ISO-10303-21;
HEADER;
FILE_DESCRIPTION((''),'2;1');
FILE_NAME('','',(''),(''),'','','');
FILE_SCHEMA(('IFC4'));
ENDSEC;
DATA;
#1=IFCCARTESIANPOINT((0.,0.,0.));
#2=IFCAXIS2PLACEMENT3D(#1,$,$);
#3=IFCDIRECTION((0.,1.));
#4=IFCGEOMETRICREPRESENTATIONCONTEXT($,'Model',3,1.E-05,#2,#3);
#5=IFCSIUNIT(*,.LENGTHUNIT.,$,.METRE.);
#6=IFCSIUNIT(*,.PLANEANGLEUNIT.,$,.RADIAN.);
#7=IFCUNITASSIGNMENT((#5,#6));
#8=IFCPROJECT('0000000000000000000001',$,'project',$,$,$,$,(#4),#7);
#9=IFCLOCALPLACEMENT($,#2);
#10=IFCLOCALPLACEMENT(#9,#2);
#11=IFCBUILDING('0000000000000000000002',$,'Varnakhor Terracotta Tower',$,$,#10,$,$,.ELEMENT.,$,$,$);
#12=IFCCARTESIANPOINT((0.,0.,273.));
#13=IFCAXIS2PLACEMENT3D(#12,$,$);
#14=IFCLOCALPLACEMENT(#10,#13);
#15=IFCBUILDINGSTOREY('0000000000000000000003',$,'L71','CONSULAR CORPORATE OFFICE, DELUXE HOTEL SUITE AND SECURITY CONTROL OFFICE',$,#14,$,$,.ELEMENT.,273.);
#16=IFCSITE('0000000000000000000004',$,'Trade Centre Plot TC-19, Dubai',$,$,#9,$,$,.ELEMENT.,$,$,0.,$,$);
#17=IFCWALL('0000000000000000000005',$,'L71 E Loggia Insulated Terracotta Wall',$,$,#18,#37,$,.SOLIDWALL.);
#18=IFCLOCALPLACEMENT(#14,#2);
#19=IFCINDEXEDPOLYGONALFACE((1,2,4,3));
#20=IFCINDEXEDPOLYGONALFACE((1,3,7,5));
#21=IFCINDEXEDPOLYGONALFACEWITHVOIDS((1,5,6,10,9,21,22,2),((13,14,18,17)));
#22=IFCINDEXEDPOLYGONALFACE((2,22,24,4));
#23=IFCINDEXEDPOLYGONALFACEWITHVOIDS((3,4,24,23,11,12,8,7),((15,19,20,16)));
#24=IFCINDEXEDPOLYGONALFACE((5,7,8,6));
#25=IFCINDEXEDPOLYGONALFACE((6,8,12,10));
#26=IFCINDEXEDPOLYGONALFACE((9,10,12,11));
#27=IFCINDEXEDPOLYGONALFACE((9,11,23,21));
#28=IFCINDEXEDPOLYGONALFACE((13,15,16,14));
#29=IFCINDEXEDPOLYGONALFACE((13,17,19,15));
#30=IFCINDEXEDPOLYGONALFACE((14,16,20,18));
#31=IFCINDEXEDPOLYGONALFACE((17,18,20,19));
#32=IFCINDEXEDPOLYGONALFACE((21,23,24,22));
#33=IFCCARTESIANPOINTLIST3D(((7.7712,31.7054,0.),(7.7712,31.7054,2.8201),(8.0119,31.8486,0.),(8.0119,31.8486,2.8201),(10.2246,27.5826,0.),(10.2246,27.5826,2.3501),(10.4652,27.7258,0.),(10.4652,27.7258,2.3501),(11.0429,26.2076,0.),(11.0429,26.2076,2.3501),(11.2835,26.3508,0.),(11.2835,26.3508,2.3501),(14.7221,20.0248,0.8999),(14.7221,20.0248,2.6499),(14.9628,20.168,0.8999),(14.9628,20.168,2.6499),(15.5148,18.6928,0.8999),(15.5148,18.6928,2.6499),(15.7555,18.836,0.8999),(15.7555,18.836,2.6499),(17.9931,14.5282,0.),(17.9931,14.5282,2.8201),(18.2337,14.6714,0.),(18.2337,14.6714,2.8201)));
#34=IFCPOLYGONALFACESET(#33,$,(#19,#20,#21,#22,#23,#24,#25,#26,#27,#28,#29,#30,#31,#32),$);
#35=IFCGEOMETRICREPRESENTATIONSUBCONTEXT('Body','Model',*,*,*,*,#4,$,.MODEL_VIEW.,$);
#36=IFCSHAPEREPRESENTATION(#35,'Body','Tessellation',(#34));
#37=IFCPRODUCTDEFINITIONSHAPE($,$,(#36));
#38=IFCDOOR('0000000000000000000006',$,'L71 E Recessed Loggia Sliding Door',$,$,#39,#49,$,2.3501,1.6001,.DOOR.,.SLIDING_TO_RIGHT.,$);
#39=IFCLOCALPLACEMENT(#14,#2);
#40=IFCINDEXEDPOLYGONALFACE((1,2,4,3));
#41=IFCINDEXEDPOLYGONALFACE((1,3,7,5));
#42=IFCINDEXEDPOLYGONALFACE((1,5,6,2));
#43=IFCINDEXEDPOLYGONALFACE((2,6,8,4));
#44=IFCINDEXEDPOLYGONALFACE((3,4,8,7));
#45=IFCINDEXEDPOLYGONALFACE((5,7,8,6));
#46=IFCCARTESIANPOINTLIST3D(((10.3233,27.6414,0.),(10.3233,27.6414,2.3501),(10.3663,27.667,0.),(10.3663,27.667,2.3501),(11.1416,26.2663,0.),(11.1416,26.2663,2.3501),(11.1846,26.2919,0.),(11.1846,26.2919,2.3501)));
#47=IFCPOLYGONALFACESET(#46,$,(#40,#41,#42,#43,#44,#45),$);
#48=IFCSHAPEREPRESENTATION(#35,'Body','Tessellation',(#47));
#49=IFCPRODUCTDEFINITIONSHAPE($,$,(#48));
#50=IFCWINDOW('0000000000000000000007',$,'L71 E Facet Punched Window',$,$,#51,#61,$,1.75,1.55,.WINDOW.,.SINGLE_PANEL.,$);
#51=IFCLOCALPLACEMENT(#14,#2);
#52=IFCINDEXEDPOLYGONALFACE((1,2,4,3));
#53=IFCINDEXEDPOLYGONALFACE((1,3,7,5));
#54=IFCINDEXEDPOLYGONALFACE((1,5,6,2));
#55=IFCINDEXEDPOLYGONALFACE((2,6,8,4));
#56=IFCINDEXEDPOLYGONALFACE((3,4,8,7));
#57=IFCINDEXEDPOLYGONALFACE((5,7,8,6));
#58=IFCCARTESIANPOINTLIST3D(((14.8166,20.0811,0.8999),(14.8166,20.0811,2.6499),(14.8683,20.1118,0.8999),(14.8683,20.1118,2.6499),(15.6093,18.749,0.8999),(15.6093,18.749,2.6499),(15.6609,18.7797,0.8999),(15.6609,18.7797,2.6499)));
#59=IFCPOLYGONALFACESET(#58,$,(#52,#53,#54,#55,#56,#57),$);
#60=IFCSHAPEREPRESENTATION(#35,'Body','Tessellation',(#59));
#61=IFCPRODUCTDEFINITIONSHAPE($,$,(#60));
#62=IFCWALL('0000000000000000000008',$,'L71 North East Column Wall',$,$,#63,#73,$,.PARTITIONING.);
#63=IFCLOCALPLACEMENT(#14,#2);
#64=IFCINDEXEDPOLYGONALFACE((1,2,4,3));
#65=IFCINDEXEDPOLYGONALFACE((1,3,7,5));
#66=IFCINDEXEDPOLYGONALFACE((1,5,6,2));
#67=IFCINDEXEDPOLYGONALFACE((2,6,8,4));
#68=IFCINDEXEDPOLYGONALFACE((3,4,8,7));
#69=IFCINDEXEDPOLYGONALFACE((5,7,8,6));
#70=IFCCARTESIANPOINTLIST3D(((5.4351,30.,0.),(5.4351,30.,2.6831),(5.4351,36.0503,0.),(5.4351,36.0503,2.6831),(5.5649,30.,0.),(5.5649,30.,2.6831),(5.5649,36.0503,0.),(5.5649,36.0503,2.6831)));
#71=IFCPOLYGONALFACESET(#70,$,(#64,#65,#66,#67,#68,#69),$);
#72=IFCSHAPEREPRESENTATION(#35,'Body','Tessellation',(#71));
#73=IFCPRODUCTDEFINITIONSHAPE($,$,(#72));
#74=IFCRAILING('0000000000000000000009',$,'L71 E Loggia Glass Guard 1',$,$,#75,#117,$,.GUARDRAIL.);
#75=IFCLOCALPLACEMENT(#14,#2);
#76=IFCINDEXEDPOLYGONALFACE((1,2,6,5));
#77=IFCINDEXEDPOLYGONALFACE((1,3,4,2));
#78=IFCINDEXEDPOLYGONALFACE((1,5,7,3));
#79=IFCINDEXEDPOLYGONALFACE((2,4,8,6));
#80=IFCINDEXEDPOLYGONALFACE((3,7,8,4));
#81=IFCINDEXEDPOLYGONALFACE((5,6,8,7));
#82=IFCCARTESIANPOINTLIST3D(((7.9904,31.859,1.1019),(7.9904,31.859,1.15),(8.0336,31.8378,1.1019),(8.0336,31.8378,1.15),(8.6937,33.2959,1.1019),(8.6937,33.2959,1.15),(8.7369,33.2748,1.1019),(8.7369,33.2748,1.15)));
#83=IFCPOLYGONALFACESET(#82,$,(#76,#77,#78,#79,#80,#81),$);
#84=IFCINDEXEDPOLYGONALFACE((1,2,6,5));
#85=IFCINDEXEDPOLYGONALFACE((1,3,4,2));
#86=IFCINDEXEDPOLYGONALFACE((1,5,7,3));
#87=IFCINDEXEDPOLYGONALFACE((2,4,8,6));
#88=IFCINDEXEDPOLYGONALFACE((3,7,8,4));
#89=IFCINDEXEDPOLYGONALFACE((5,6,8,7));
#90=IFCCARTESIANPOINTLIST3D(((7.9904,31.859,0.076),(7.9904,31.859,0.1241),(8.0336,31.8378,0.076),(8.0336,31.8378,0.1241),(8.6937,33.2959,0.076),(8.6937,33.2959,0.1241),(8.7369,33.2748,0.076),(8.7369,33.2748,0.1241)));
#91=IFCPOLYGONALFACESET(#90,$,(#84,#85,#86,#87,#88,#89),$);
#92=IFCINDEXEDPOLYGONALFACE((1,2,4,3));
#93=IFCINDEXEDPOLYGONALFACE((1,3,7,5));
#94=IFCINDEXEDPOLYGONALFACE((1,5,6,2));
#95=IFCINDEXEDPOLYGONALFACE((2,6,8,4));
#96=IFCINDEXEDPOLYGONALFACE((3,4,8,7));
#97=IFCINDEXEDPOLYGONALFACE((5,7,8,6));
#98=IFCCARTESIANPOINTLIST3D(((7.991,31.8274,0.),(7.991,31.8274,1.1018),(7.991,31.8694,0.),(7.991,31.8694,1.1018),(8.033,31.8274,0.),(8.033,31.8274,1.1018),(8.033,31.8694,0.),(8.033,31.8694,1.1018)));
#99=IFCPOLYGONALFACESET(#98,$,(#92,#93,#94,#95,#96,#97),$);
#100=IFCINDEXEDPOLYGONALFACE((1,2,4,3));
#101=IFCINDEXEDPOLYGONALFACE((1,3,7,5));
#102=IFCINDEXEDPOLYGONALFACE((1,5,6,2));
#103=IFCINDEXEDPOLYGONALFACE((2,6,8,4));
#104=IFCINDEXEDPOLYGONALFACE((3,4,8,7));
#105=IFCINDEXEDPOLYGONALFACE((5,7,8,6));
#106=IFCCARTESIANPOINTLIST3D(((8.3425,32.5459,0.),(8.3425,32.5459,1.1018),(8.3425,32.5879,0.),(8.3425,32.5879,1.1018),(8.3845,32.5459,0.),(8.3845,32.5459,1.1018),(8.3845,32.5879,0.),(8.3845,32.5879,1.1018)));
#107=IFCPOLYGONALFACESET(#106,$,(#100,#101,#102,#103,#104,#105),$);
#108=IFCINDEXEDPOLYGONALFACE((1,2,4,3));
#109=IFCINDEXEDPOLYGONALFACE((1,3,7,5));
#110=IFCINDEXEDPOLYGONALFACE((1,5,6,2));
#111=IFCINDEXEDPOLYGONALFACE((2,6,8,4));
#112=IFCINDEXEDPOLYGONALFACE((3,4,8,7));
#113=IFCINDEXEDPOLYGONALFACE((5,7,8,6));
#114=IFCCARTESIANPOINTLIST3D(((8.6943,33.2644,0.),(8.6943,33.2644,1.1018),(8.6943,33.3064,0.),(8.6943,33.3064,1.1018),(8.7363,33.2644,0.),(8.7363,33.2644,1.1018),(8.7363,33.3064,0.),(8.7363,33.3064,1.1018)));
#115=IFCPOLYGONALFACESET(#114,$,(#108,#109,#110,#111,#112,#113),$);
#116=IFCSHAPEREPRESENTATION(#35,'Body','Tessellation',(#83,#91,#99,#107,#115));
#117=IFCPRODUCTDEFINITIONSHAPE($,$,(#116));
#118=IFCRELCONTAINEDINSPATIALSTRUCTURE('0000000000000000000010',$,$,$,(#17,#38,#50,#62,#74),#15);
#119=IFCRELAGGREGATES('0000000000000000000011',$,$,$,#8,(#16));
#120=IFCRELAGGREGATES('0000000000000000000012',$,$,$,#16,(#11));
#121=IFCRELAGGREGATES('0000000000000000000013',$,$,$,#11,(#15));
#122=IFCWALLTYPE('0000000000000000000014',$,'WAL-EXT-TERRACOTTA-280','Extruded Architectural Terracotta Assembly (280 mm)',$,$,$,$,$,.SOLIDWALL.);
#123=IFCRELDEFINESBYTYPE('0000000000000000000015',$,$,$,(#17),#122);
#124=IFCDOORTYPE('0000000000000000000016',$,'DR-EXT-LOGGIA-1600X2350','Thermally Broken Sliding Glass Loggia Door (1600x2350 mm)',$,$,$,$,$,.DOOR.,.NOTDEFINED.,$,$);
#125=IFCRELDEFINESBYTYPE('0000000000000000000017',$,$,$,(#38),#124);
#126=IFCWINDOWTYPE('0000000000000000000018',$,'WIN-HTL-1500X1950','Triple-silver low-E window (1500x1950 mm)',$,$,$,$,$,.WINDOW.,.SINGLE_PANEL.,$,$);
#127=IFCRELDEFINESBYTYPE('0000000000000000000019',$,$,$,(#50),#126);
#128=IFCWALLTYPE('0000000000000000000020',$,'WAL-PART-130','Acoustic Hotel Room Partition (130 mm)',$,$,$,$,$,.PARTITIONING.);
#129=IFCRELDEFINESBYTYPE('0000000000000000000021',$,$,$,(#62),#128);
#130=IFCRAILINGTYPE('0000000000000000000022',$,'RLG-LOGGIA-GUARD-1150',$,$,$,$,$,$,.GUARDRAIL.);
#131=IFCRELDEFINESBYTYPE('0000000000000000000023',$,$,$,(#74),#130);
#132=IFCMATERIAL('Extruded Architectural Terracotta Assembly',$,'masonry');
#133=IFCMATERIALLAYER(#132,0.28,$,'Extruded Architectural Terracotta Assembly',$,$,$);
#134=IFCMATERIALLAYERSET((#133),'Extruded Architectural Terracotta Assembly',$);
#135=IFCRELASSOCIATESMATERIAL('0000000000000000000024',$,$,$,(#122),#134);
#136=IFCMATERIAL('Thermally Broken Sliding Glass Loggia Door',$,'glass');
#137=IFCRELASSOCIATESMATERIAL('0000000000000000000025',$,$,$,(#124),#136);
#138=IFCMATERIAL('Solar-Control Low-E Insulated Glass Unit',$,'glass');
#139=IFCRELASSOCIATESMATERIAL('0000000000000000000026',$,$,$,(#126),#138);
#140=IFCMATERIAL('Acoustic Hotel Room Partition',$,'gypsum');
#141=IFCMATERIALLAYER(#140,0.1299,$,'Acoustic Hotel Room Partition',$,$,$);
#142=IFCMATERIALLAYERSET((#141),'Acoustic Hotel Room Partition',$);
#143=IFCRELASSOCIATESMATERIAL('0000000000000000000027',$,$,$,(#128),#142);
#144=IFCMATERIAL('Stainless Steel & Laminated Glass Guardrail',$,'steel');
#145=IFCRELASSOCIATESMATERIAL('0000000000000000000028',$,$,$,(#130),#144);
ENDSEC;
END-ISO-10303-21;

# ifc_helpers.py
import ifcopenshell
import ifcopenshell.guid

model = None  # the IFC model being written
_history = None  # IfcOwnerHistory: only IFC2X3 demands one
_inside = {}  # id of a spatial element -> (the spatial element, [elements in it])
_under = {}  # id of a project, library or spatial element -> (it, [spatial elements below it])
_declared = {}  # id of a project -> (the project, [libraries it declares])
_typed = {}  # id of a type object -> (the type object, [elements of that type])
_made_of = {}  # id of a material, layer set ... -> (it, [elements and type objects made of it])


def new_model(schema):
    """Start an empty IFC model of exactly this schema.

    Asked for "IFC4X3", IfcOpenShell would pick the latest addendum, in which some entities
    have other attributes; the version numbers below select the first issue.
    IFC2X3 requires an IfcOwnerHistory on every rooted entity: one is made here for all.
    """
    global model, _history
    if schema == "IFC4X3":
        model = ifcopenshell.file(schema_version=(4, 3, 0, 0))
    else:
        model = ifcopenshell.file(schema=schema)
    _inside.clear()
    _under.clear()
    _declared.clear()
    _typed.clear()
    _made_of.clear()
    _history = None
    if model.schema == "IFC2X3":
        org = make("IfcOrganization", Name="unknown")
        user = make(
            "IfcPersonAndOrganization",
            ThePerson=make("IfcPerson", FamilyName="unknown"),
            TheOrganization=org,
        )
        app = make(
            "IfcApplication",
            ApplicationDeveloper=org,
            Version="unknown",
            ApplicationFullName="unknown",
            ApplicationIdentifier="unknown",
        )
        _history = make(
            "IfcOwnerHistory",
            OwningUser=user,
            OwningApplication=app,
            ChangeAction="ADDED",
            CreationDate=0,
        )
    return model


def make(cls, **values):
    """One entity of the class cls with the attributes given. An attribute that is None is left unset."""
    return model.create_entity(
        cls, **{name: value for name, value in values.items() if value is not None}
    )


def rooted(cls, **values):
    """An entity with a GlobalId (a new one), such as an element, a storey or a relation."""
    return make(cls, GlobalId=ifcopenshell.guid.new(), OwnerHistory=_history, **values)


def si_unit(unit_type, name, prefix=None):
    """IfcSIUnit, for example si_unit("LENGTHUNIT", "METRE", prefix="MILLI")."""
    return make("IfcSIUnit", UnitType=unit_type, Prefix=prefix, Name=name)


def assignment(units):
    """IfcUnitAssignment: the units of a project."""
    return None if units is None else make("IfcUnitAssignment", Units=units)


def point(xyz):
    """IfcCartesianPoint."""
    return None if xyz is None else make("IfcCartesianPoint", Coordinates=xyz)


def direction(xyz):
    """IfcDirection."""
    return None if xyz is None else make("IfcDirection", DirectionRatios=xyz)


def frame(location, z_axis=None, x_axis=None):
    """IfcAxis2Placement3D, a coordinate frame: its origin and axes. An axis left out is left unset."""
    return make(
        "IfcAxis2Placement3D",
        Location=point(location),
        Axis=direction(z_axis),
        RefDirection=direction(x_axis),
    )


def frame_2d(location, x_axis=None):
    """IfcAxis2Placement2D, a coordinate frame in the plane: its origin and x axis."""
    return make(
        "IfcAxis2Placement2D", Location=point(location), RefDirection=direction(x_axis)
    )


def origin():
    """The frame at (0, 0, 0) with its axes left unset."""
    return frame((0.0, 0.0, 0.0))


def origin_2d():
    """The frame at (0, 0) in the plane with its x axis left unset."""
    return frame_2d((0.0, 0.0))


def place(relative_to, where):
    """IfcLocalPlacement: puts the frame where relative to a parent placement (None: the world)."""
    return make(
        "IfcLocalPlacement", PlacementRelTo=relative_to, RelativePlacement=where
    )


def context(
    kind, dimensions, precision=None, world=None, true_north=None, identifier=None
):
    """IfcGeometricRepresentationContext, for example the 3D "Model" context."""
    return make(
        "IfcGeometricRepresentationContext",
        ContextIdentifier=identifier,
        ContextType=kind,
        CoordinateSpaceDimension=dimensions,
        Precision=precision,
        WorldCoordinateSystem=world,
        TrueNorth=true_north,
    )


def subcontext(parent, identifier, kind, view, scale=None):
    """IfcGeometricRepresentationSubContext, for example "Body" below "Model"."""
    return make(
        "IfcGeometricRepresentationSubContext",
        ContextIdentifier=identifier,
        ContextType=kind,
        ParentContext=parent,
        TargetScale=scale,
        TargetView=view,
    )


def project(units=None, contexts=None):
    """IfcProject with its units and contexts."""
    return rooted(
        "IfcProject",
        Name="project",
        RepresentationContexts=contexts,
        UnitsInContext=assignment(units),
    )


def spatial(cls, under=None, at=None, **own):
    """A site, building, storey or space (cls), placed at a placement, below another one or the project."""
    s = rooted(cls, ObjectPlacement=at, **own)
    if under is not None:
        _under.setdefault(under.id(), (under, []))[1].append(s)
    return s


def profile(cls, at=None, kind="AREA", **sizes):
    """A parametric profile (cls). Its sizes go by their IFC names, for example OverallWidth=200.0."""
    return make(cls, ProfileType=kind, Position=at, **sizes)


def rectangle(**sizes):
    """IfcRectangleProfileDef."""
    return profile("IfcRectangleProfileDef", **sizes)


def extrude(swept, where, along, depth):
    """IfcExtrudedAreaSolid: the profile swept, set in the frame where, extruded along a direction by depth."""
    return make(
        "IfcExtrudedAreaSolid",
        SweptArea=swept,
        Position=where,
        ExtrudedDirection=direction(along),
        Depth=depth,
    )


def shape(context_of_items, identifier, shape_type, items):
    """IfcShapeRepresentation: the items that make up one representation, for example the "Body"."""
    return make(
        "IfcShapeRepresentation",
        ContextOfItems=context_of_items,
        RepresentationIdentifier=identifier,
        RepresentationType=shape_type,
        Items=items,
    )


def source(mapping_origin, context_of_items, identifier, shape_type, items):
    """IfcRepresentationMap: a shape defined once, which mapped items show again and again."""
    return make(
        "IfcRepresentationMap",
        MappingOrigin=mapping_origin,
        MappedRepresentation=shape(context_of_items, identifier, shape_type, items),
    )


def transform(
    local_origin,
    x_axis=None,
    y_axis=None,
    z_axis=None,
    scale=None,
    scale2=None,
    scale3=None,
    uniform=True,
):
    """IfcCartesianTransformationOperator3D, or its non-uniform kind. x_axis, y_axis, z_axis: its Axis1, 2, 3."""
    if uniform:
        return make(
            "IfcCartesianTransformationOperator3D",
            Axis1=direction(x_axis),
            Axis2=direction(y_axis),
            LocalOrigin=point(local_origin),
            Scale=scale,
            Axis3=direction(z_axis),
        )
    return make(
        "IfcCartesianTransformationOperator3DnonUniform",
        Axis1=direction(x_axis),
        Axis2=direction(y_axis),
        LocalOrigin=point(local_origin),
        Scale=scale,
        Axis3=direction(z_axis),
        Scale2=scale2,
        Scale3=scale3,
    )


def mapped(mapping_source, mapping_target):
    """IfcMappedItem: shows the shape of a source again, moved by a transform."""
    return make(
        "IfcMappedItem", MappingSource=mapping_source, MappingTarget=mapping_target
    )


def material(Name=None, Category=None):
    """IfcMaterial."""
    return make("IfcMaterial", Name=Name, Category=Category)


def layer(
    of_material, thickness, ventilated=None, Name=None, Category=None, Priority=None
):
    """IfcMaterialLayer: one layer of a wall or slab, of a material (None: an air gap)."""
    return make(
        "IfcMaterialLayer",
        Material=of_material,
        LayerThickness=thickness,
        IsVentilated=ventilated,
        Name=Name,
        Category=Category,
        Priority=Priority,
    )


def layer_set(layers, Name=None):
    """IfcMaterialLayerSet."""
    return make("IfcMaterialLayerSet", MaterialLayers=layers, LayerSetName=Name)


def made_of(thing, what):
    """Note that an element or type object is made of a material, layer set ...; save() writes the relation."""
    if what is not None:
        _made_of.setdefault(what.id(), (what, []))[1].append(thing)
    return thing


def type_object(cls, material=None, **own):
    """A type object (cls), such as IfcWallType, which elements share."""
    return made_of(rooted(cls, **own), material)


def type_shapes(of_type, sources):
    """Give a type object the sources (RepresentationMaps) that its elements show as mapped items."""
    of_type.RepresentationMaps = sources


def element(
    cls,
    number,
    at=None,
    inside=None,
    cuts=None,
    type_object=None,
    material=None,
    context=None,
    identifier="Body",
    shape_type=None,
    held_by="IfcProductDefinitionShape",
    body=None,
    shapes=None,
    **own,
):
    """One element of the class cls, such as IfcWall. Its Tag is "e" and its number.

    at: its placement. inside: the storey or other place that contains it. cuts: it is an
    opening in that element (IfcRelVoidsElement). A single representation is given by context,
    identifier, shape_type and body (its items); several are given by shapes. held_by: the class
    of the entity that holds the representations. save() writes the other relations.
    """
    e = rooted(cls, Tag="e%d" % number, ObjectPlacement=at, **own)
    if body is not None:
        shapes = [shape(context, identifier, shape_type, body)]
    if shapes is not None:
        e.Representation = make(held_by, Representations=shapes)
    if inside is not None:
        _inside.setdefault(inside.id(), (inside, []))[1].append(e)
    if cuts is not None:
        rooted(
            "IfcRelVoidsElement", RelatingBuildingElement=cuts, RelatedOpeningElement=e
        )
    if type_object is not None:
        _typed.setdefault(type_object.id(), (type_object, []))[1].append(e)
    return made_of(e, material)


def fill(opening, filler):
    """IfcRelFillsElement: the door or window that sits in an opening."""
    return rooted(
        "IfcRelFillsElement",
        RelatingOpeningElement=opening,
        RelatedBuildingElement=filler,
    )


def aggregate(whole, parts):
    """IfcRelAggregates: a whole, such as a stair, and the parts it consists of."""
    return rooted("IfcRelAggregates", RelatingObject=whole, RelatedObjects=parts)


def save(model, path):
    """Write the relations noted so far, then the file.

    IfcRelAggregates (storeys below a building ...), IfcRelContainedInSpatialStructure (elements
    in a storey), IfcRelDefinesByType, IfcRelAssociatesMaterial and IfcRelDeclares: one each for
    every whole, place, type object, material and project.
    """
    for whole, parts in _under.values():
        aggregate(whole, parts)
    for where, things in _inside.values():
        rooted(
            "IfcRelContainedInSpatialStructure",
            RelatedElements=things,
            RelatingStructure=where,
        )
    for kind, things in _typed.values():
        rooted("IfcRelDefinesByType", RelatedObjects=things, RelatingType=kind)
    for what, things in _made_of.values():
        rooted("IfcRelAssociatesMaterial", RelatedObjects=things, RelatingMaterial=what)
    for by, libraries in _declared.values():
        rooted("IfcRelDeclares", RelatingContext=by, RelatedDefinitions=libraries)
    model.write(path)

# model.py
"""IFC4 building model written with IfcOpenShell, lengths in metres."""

from ifc_helpers import new_model, si_unit, direction, frame, frame_2d, origin, origin_2d, place, context, subcontext, project, spatial, rectangle, extrude, source, transform, mapped, material, layer, layer_set, type_object, type_shapes, element, fill, save


model = new_model("IFC4")

# Units and contexts
model_context = context("Model", 3, precision=1e-05, world=origin(), true_north=direction((0.0, 1.0)))
body_context = subcontext(model_context, "Body", "Model", "MODEL_VIEW")
ifc_project = project(units=[si_unit("LENGTHUNIT", "METRE"), si_unit("PLANEANGLEUNIT", "RADIAN")], contexts=[model_context])

# Site, building, storey
site_placement = place(None, origin())
site = spatial("IfcSite", under=ifc_project, at=site_placement, Name="Trade Centre Plot TC-19, Dubai", CompositionType="ELEMENT", RefElevation=0.0)
building_placement = place(site_placement, origin())
building = spatial("IfcBuilding", under=site, at=building_placement, Name="Varnakhor Terracotta Tower", CompositionType="ELEMENT")
storey_placement = place(building_placement, frame((0.0, 0.0, 273.0)))
storey = spatial("IfcBuildingStorey", under=building, at=storey_placement, Name="L71", Description="CONSULAR CORPORATE OFFICE, DELUXE HOTEL SUITE AND SECURITY CONTROL OFFICE", CompositionType="ELEMENT", Elevation=273.0)

# Wall, openings, door, window
ifc_material_1 = material(Name="Extruded Architectural Terracotta Assembly", Category="masonry")
ifc_layer_1 = layer(ifc_material_1, 0.28, Name="Extruded Architectural Terracotta Assembly")
ifc_layer_set_1 = layer_set([ifc_layer_1], Name="Extruded Architectural Terracotta Assembly")
wall_type_1 = type_object("IfcWallType", Name="WAL-EXT-TERRACOTTA-280", Description="Extruded Architectural Terracotta Assembly (280 mm)", PredefinedType="SOLIDWALL", material=ifc_layer_set_1)
wall_1_placement = place(storey_placement, frame((7.8916, 31.7769, 0.0), z_axis=(0.0, 0.0, 1.0), x_axis=(0.511387, -0.859351, 0.0)))
wall_1 = element("IfcWall", 1, at=wall_1_placement, inside=storey, type_object=wall_type_1, Name="L71 E Loggia Insulated Terracotta Wall", PredefinedType="SOLIDWALL", context=body_context, shape_type="SweptSolid", body=[
    extrude(rectangle(XDim=19.9885, YDim=0.28, at=frame_2d((9.9941, 0.0))), origin(), (0.0, 0.0, 1.0), 2.8201),
])
opening_1_placement = place(wall_1_placement, frame((4.7974, 0.0, 0.0)))
opening_1 = element("IfcOpeningElement", 2, at=opening_1_placement, cuts=wall_1, PredefinedType="OPENING", context=body_context, shape_type="SweptSolid", body=[
    extrude(rectangle(XDim=1.6001, YDim=2.3501, at=frame_2d((0.8, 1.175))), frame((0.0, 0.1499, 0.0), z_axis=(0.0, -1.0, 0.0), x_axis=(1.0, 0.0, 0.0)), (0.0, 0.0, 1.0), 0.3),
])
opening_2_placement = place(wall_1_placement, frame((13.5923, 0.0, 0.8999)))
opening_2 = element("IfcOpeningElement", 3, at=opening_2_placement, cuts=wall_1, PredefinedType="OPENING", context=body_context, shape_type="SweptSolid", body=[
    extrude(rectangle(XDim=1.55, YDim=1.75, at=frame_2d((0.7749, 0.875))), frame((0.0, 0.1499, 0.0), z_axis=(0.0, -1.0, 0.0), x_axis=(1.0, 0.0, 0.0)), (0.0, 0.0, 1.0), 0.3),
])
ifc_material_2 = material(Name="Thermally Broken Sliding Glass Loggia Door", Category="glass")
door_type = type_object("IfcDoorType", Name="DR-EXT-LOGGIA-1600X2350", Description="Thermally Broken Sliding Glass Loggia Door (1600x2350 mm)", OperationType="NOTDEFINED", PredefinedType="DOOR", material=ifc_material_2)
shared_shape_1 = source(origin(), body_context, "Body", "SweptSolid", [
    extrude(rectangle(XDim=1.6001, YDim=2.3501, at=frame_2d((0.8, 1.175))), frame((0.0, 0.0249, 0.0), z_axis=(0.0, -1.0, 0.0), x_axis=(1.0, 0.0, 0.0)), (0.0, 0.0, 1.0), 0.05),
])
type_shapes(door_type, [shared_shape_1])
door_placement = place(opening_1_placement, origin())
door = element("IfcDoor", 4, at=door_placement, inside=storey, type_object=door_type, Name="L71 E Recessed Loggia Sliding Door", OperationType="SLIDING_TO_RIGHT", OverallHeight=2.3501, OverallWidth=1.6001, PredefinedType="DOOR", context=body_context, shape_type="MappedRepresentation", body=[
    mapped(shared_shape_1, transform((0.0, 0.0, 0.0), scale=1.0)),
])
fill(opening_1, door)
ifc_material_3 = material(Name="Solar-Control Low-E Insulated Glass Unit", Category="glass")
window_type = type_object("IfcWindowType", Name="WIN-HTL-1500X1950", Description="Triple-silver low-E window (1500x1950 mm)", PartitioningType="SINGLE_PANEL", PredefinedType="WINDOW", material=ifc_material_3)
shared_shape_2 = source(origin(), body_context, "Body", "SweptSolid", [
    extrude(rectangle(XDim=1.55, YDim=1.75, at=frame_2d((0.7749, 0.875))), frame((0.0, 0.03, 0.0), z_axis=(0.0, -1.0, 0.0), x_axis=(1.0, 0.0, 0.0)), (0.0, 0.0, 1.0), 0.0601),
])
type_shapes(window_type, [shared_shape_2])
window_placement = place(opening_2_placement, origin())
window = element("IfcWindow", 5, at=window_placement, inside=storey, type_object=window_type, Name="L71 E Facet Punched Window", OverallHeight=1.75, OverallWidth=1.55, PartitioningType="SINGLE_PANEL", PredefinedType="WINDOW", context=body_context, shape_type="MappedRepresentation", body=[
    mapped(shared_shape_2, transform((0.0, 0.0, 0.0), scale=1.0)),
])
fill(opening_2, window)

# Wall
ifc_material_4 = material(Name="Acoustic Hotel Room Partition", Category="gypsum")
ifc_layer_2 = layer(ifc_material_4, 0.1299, Name="Acoustic Hotel Room Partition")
ifc_layer_set_2 = layer_set([ifc_layer_2], Name="Acoustic Hotel Room Partition")
wall_type_2 = type_object("IfcWallType", Name="WAL-PART-130", Description="Acoustic Hotel Room Partition (130 mm)", PredefinedType="PARTITIONING", material=ifc_layer_set_2)
wall_2_placement = place(storey_placement, frame((5.5, 30.0, 0.0), z_axis=(0.0, 0.0, 1.0), x_axis=(0.0, 1.0, 0.0)))
element("IfcWall", 6, at=wall_2_placement, inside=storey, type_object=wall_type_2, Name="L71 North East Column Wall", PredefinedType="PARTITIONING", context=body_context, shape_type="SweptSolid", body=[
    extrude(rectangle(XDim=6.0503, YDim=0.1299, at=frame_2d((3.0251, 0.0))), origin(), (0.0, 0.0, 1.0), 2.6831),
])

# Railing
ifc_material_5 = material(Name="Stainless Steel & Laminated Glass Guardrail", Category="steel")
railing_type = type_object("IfcRailingType", Name="RLG-LOGGIA-GUARD-1150", PredefinedType="GUARDRAIL", material=ifc_material_5)
railing_1_placement = place(storey_placement, frame((8.012, 31.8484, 0.0)))
element("IfcRailing", 7, at=railing_1_placement, inside=storey, type_object=railing_type, Name="L71 E Loggia Glass Guard 1", PredefinedType="GUARDRAIL", context=body_context, shape_type="SweptSolid", body=[
    extrude(rectangle(XDim=0.0481, YDim=0.0481, at=origin_2d()), frame((0.0, 0.0, 1.126), z_axis=(0.439629, 0.89818, 0.0), x_axis=(-0.89818, 0.439629, 0.0)), (0.0, 0.0, 1.0), 1.5999),
    extrude(rectangle(XDim=0.0481, YDim=0.0481, at=origin_2d()), frame((0.0, 0.0, 0.1001), z_axis=(0.439629, 0.89818, 0.0), x_axis=(-0.89818, 0.439629, 0.0)), (0.0, 0.0, 1.0), 1.5999),
    extrude(rectangle(XDim=0.042, YDim=0.042, at=origin_2d()), origin(), (0.0, 0.0, 1.0), 1.1018),
    extrude(rectangle(XDim=0.042, YDim=0.042, at=origin_2d()), frame((0.3516, 0.7185, 0.0)), (0.0, 0.0, 1.0), 1.1018),
    extrude(rectangle(XDim=0.042, YDim=0.042, at=origin_2d()), frame((0.7034, 1.437, 0.0)), (0.0, 0.0, 1.0), 1.1018),
])

save(model, "model.ifc")
